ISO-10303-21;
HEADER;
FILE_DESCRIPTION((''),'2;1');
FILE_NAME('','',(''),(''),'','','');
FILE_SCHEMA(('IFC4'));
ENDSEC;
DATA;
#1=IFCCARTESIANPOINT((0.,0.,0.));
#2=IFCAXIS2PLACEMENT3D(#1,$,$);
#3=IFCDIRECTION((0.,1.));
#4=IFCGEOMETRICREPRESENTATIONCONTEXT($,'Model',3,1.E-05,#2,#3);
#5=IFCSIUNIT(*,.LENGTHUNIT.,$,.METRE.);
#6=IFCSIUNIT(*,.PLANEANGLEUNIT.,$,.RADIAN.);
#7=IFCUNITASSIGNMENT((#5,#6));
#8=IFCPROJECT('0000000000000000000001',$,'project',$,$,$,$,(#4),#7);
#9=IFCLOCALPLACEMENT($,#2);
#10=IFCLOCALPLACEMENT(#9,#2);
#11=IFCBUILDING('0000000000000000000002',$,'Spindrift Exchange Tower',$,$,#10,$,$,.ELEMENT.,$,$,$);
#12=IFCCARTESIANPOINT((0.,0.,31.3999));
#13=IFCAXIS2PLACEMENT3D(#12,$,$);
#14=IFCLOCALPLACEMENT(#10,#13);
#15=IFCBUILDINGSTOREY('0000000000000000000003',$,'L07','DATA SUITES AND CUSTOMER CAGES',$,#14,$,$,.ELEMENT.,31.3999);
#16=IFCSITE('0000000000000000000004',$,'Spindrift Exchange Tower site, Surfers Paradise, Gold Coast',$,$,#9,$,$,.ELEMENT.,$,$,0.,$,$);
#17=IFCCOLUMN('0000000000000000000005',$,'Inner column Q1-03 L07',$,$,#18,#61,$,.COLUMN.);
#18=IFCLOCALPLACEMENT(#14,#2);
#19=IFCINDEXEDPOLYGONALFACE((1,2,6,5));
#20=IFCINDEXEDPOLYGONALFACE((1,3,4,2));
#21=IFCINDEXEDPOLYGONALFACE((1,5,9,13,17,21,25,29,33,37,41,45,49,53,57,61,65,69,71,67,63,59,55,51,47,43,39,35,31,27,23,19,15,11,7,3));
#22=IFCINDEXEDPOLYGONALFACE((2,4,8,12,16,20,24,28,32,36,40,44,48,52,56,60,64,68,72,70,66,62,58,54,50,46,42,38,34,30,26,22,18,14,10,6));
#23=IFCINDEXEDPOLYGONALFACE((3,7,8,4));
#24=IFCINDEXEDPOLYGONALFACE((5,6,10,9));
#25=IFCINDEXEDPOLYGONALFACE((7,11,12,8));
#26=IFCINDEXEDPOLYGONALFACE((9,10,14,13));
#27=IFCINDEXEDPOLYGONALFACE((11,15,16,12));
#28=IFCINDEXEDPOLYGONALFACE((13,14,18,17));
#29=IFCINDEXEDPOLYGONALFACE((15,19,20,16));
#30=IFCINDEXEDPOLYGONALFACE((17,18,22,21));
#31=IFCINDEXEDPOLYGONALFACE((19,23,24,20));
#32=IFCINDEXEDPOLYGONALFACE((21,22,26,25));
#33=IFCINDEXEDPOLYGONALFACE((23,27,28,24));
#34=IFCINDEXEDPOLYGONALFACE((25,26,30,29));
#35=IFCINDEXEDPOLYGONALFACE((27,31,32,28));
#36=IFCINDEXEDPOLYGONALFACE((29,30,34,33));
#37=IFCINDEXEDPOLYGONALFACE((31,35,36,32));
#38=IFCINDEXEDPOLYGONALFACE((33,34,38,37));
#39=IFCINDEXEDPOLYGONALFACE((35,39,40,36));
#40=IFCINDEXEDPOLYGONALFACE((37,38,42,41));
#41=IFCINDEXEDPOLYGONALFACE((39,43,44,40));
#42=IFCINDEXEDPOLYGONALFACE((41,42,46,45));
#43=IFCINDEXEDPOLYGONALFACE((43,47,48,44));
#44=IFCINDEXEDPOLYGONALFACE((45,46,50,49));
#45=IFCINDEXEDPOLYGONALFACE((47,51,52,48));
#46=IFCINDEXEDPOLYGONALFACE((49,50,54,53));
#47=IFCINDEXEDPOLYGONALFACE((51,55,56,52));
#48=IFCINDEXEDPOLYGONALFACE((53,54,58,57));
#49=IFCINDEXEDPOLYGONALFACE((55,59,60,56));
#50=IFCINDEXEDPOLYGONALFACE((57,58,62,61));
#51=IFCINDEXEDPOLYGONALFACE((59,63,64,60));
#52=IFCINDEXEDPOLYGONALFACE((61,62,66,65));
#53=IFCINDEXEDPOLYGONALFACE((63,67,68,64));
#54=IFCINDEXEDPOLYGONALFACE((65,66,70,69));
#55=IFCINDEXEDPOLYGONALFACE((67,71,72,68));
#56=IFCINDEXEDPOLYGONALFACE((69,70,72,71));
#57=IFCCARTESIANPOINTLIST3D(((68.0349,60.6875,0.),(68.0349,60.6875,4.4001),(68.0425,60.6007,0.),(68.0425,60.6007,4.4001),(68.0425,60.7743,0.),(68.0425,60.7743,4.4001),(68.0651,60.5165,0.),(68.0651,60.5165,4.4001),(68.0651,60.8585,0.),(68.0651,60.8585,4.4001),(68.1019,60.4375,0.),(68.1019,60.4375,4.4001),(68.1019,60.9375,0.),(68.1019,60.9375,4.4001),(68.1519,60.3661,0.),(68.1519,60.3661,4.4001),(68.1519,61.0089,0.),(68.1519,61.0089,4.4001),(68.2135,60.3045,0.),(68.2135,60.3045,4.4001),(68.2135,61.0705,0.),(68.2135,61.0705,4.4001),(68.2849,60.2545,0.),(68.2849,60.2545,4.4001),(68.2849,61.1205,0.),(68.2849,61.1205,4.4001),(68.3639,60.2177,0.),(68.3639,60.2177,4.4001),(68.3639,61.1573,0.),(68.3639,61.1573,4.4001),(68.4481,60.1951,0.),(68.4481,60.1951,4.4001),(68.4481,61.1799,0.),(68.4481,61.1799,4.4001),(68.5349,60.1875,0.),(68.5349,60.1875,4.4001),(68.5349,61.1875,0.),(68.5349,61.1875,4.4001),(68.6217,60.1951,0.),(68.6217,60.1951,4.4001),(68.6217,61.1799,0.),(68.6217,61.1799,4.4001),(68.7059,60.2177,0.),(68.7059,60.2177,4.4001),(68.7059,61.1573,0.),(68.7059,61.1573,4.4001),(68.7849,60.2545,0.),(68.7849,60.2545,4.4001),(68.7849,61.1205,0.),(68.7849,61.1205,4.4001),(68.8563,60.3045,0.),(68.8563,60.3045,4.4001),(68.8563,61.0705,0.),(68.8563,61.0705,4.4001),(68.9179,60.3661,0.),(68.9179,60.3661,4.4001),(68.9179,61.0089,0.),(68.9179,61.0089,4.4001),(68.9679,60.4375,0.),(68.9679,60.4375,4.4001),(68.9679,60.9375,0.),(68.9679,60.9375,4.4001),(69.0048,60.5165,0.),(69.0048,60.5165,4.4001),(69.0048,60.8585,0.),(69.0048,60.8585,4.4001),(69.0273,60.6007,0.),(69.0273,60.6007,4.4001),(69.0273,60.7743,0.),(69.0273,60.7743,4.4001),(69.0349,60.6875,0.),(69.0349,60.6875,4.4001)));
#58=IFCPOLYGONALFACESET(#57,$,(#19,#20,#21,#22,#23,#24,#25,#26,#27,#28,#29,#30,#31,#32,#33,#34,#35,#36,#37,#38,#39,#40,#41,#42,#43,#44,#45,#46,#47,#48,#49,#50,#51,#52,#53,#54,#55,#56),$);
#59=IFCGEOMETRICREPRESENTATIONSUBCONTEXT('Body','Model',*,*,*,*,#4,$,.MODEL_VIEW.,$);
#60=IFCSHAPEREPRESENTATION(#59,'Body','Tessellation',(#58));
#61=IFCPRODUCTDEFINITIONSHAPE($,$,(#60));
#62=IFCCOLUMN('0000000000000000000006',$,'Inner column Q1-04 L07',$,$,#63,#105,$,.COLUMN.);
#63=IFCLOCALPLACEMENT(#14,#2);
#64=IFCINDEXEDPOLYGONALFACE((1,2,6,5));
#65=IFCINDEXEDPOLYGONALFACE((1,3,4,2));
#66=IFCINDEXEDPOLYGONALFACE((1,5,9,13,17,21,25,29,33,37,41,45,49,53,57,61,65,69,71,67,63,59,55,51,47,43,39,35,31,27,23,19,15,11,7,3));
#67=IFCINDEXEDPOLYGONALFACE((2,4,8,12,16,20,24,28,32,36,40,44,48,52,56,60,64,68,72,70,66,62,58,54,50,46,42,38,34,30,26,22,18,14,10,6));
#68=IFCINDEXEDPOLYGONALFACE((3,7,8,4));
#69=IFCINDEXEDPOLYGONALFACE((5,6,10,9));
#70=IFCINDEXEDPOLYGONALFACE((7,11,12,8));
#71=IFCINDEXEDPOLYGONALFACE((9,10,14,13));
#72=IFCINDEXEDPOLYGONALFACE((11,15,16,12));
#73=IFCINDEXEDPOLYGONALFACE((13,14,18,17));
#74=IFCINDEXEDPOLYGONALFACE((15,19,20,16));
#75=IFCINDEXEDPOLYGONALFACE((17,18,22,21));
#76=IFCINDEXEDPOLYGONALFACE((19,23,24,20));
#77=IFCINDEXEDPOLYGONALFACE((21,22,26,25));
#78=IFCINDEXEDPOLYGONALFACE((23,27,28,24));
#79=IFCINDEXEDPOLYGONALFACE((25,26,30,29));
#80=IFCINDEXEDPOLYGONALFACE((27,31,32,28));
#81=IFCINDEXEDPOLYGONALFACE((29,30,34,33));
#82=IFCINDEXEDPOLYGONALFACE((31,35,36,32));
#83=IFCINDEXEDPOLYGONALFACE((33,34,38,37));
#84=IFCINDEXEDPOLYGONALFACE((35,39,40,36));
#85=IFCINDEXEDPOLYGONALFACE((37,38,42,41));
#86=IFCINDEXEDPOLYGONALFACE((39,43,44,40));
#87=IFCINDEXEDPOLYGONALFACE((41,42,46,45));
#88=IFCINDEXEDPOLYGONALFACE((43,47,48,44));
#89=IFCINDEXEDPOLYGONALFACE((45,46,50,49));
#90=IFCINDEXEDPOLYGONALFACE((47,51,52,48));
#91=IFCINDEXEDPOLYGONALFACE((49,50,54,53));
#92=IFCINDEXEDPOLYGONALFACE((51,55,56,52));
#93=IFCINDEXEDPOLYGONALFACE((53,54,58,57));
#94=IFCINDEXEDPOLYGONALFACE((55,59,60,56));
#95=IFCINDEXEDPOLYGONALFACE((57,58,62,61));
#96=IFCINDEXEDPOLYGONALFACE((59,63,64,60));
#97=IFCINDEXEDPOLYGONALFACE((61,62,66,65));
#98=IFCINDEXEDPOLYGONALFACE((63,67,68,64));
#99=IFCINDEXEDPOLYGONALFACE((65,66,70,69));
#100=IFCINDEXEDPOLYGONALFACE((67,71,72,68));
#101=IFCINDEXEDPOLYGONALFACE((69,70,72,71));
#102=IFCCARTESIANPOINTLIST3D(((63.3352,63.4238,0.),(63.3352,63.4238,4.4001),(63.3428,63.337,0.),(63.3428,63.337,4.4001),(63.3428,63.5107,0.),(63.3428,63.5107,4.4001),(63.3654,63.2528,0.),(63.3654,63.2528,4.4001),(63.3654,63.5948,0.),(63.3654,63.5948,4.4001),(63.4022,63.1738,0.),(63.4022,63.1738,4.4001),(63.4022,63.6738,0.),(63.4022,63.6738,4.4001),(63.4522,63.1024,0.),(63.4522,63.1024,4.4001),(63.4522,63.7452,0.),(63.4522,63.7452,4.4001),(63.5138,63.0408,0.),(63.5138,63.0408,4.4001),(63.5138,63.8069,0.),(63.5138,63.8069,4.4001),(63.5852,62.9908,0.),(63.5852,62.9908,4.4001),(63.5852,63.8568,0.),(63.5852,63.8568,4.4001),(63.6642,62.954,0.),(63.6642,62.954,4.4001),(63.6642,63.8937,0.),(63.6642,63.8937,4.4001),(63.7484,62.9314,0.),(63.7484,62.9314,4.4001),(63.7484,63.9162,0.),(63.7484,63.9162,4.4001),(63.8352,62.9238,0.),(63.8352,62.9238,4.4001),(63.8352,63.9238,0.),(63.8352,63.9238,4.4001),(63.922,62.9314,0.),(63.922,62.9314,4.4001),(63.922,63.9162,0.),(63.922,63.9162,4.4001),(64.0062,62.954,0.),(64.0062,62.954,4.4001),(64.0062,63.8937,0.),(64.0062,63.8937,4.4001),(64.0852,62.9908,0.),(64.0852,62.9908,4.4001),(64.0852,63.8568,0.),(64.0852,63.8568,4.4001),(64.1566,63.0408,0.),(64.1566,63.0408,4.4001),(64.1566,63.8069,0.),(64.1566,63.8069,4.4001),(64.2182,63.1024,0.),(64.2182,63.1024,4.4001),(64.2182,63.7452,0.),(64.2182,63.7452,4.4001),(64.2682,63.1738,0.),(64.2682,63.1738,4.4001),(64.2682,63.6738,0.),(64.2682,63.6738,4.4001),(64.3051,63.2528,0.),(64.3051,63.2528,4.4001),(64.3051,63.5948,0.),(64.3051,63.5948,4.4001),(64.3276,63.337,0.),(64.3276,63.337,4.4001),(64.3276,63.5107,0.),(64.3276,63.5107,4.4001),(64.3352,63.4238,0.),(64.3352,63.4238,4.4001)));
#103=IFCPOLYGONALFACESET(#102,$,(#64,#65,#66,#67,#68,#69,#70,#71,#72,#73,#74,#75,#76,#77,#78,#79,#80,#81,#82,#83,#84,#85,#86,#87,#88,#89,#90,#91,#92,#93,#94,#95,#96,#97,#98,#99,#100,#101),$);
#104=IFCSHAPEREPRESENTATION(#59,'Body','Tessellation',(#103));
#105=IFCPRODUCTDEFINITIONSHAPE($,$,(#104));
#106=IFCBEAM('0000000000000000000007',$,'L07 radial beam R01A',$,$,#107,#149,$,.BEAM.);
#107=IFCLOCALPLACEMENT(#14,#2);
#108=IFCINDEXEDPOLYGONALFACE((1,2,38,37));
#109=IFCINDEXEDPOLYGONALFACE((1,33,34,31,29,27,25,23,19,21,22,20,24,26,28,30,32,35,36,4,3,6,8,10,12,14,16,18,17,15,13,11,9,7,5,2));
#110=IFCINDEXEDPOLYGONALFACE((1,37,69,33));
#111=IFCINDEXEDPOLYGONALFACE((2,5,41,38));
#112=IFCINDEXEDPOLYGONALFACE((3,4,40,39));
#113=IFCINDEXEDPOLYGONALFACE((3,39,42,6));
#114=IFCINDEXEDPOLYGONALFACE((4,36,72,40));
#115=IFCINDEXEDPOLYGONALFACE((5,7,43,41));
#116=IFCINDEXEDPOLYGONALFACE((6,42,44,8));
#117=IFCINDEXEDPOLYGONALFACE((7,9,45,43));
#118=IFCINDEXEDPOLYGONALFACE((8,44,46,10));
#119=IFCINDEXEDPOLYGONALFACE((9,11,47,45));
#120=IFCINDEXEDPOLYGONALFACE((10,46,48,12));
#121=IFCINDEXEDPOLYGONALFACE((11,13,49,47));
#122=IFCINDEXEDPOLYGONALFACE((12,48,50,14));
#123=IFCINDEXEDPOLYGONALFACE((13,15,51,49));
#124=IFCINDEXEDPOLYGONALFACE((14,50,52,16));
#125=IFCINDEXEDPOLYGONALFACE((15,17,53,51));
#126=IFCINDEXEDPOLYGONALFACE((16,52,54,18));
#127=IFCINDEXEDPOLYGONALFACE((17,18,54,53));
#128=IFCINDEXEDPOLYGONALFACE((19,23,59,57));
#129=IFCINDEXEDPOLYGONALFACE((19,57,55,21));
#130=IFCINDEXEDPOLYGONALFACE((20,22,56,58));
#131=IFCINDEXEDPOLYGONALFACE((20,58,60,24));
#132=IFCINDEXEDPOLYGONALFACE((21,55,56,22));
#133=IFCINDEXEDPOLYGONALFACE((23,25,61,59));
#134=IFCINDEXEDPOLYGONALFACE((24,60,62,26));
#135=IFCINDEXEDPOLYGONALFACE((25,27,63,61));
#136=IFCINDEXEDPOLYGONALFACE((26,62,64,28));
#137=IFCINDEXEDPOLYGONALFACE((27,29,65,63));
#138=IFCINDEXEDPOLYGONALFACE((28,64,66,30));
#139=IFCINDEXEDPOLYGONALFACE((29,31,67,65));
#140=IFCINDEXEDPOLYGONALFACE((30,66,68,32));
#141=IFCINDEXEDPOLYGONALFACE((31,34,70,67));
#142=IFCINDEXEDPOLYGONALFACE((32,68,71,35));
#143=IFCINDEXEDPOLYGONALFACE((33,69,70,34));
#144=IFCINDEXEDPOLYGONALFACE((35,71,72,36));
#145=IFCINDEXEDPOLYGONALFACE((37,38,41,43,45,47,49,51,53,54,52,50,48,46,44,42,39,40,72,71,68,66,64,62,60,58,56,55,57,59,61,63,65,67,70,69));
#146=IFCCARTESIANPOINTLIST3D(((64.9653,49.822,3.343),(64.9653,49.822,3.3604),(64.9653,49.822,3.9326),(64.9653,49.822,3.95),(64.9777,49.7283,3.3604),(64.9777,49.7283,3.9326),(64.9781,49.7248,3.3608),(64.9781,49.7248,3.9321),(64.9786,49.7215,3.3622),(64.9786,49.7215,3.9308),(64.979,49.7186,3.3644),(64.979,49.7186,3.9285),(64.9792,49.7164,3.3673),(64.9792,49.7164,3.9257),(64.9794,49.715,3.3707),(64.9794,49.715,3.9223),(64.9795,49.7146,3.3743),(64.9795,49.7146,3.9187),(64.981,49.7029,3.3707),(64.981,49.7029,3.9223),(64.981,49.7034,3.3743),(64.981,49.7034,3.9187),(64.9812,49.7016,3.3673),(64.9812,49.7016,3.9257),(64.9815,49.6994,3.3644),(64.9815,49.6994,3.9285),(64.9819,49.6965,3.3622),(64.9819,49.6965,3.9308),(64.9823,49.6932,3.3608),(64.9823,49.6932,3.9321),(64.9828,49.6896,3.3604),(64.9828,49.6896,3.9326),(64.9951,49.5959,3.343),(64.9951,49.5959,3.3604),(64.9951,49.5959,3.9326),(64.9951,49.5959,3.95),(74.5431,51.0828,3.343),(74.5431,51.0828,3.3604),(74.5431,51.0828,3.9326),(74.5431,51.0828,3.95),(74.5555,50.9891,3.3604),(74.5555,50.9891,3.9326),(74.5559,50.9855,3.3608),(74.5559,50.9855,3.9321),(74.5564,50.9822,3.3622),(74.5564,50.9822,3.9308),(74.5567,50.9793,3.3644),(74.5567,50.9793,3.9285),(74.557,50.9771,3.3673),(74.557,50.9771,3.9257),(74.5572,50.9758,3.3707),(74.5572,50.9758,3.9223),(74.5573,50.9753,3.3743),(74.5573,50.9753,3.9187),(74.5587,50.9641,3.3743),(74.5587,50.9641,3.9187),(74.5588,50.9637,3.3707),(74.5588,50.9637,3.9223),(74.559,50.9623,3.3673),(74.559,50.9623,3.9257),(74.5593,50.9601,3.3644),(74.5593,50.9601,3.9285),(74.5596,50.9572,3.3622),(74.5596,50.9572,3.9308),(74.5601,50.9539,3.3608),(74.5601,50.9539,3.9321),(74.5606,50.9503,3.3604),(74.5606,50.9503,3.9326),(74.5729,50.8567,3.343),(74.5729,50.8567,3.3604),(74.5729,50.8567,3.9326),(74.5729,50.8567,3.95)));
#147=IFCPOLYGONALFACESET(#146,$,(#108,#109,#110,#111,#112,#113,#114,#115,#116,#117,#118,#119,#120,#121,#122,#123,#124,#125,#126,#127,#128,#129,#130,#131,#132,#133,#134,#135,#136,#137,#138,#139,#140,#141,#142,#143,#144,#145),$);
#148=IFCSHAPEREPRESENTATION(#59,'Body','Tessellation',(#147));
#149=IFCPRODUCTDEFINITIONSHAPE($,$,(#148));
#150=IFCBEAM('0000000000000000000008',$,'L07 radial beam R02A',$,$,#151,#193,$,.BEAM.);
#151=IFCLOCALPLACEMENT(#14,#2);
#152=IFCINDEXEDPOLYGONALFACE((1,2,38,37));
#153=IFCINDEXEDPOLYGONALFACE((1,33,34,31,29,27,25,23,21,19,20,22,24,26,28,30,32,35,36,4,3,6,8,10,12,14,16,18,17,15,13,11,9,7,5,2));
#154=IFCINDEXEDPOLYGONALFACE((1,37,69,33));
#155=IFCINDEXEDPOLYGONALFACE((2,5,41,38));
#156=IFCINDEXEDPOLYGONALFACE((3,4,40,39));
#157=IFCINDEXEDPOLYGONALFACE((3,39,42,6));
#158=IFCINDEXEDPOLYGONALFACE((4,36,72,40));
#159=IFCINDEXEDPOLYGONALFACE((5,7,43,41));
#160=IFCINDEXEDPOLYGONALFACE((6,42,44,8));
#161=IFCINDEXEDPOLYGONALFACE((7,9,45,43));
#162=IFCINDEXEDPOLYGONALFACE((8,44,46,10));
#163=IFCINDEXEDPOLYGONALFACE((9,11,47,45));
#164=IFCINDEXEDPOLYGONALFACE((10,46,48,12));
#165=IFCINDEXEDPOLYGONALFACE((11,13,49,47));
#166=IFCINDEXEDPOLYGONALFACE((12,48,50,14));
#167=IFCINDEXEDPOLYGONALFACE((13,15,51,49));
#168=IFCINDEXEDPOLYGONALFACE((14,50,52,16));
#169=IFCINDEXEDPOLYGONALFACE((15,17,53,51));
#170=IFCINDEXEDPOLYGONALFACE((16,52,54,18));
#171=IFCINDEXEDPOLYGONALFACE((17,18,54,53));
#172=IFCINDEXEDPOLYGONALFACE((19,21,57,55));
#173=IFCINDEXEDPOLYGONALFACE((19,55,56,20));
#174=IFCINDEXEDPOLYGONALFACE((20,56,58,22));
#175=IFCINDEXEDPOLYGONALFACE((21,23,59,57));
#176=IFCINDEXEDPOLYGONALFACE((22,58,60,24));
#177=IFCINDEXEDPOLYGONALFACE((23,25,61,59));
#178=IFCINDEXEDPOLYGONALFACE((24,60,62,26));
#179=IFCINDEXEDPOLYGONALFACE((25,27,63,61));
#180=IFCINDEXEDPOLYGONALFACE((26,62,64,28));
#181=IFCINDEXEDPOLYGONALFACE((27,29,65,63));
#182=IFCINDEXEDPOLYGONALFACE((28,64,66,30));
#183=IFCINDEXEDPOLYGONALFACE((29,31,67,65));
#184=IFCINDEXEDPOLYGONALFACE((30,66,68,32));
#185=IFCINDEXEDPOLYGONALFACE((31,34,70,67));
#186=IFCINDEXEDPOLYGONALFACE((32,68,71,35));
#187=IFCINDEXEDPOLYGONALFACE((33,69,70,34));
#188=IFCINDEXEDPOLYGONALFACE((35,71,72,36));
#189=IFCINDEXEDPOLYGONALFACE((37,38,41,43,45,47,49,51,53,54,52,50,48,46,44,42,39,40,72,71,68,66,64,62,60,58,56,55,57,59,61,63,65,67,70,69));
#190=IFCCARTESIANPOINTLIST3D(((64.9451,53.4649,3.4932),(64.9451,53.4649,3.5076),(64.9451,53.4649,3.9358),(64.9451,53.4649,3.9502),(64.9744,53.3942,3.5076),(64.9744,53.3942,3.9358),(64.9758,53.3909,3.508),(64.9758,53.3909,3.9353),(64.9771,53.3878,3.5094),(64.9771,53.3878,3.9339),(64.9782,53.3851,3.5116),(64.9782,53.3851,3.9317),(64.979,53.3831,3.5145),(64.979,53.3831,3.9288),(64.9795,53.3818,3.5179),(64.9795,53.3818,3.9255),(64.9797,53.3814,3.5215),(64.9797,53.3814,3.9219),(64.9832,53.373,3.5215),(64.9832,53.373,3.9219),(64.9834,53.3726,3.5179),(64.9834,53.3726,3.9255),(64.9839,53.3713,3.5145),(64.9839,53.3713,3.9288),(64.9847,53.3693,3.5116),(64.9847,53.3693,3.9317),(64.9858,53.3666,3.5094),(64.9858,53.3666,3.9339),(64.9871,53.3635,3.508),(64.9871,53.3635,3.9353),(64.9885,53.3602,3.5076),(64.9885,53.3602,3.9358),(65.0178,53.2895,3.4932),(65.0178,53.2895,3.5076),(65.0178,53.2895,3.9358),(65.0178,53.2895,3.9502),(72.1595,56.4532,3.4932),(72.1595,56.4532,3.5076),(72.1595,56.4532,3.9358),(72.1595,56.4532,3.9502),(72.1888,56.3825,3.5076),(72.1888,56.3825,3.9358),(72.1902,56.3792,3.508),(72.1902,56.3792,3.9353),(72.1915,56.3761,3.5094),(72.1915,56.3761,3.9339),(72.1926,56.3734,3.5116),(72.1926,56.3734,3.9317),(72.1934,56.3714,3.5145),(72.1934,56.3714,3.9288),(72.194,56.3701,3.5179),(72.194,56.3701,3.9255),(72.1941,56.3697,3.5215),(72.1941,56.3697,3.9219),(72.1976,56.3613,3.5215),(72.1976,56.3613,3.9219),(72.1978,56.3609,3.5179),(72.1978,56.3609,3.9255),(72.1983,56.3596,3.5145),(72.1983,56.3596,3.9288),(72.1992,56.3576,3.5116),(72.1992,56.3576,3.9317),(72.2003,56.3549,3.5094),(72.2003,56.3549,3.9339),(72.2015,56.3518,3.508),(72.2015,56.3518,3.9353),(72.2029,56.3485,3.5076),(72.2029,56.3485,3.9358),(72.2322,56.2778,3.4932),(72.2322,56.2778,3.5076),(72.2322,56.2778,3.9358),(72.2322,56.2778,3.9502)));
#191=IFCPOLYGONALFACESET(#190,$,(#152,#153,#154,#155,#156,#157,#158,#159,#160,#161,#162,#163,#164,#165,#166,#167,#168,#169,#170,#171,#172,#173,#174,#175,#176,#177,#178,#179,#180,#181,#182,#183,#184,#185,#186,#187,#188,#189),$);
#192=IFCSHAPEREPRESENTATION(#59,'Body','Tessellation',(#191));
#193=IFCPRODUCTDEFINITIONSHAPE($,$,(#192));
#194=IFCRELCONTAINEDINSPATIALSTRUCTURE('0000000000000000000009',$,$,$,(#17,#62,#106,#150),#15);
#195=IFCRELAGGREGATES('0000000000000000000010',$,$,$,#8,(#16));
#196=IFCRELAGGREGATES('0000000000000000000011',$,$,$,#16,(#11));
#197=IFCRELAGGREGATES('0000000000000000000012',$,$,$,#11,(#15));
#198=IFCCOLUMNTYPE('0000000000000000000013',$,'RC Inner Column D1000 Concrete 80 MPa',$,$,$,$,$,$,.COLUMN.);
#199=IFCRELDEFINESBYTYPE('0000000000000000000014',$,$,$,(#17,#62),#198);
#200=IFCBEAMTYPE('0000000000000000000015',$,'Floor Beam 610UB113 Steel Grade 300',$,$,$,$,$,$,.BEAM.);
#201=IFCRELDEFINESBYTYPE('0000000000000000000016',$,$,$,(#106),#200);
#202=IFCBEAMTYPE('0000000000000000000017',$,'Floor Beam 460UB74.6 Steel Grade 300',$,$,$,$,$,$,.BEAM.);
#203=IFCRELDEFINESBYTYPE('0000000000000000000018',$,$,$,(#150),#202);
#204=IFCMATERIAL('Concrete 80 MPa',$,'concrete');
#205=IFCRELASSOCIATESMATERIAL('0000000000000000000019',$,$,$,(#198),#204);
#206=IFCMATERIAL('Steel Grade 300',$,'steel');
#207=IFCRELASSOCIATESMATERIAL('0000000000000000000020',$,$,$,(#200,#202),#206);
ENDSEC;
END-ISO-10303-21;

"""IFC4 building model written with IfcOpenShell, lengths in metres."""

from ifc_helpers import new_model, si_unit, direction, frame, origin, origin_2d, place, context, subcontext, project, spatial, circle, i_section, extrude, source, transform, mapped, material, material_profile, profile_set, type_object, element, save


model = new_model("IFC4")

# Units and contexts
model_context = context("Model", 3, precision=1e-05, world=origin(), true_north=direction((0.0, 1.0)))
body_context = subcontext(model_context, "Body", "Model", "MODEL_VIEW")
ifc_project = project(units=[si_unit("LENGTHUNIT", "METRE"), si_unit("PLANEANGLEUNIT", "RADIAN")], contexts=[model_context])

# Site, building, storey
site_placement = place(None, origin())
site = spatial("IfcSite", under=ifc_project, at=site_placement, Name="Spindrift Exchange Tower site, Surfers Paradise, Gold Coast", CompositionType="ELEMENT", RefElevation=0.0)
building_placement = place(site_placement, origin())
building = spatial("IfcBuilding", under=site, at=building_placement, Name="Spindrift Exchange Tower", CompositionType="ELEMENT")
storey_placement = place(building_placement, frame((0.0, 0.0, 31.3999)))
storey = spatial("IfcBuildingStorey", under=building, at=storey_placement, Name="L07", Description="DATA SUITES AND CUSTOMER CAGES", CompositionType="ELEMENT", Elevation=31.3999)

# Columns
ifc_material_1 = material(Name="Concrete 80 MPa", Category="concrete")
ifc_material_profile_1 = material_profile(ifc_material_1, circle(Radius=0.5, at=origin_2d()), Name="RC D1000")
ifc_profile_set_1 = profile_set([ifc_material_profile_1], Name="Concrete 80 MPa")
column_type = type_object("IfcColumnType", Name="RC Inner Column D1000 Concrete 80 MPa", PredefinedType="COLUMN", material=ifc_profile_set_1)
shared_shape_1 = source(origin(), body_context, "Body", "SweptSolid", [
    extrude(circle(Radius=0.5, at=origin_2d()), origin(), (0.0, 0.0, 1.0), 4.4001),
])
for number, where, z_axis, x_axis, name in (
    (1, (68.5349, 60.6875, 0.0), (0.0, 0.0, 1.0), (1.0, 0.0, 0.0), "Inner column Q1-03 L07"),
    (2, (63.8352, 63.4238, 0.0), (0.0, 0.0, 1.0), (1.0, 0.0, 0.0), "Inner column Q1-04 L07"),
):
    element("IfcColumn", number, at=place(storey_placement, frame(where, z_axis=z_axis, x_axis=x_axis)), inside=storey, type_object=column_type, Name=name, PredefinedType="COLUMN", context=body_context, shape_type="MappedRepresentation", body=[
        mapped(shared_shape_1, transform((0.0, 0.0, 0.0), scale=1.0)),
    ])

# Beams
ifc_material_2 = material(Name="Steel Grade 300", Category="steel")
ifc_material_profile_2 = material_profile(ifc_material_2, i_section(OverallWidth=0.228, OverallDepth=0.6069, WebThickness=0.0112, FlangeThickness=0.0173, FilletRadius=0.0139, at=origin_2d()), Name="610UB113")
ifc_profile_set_2 = profile_set([ifc_material_profile_2], Name="Steel Grade 300")
beam_type_1 = type_object("IfcBeamType", Name="Floor Beam 610UB113 Steel Grade 300", PredefinedType="BEAM", material=ifc_profile_set_2)
shared_shape_2 = source(origin(), body_context, "Body", "SweptSolid", [
    extrude(i_section(OverallWidth=0.228, OverallDepth=0.6069, WebThickness=0.0112, FlangeThickness=0.0173, FilletRadius=0.0139, at=origin_2d()), origin(), (0.0, 0.0, 1.0), 9.6604),
])
beam_1_placement = place(storey_placement, frame((64.9802, 49.709, 3.6465), z_axis=(0.991448, 0.130505, 0.0), x_axis=(-0.130505, 0.991448, 0.0)))
element("IfcBeam", 3, at=beam_1_placement, inside=storey, type_object=beam_type_1, Name="L07 radial beam R01A", PredefinedType="BEAM", context=body_context, shape_type="MappedRepresentation", body=[
    mapped(shared_shape_2, transform((0.0, 0.0, 0.0), scale=1.0)),
])
ifc_material_profile_3 = material_profile(ifc_material_2, i_section(OverallWidth=0.1899, OverallDepth=0.457, WebThickness=0.009, FlangeThickness=0.0144, FilletRadius=0.0139, at=origin_2d()), Name="460UB74.6")
ifc_profile_set_3 = profile_set([ifc_material_profile_3], Name="Steel Grade 300")
beam_type_2 = type_object("IfcBeamType", Name="Floor Beam 460UB74.6 Steel Grade 300", PredefinedType="BEAM", material=ifc_profile_set_3)
shared_shape_3 = source(origin(), body_context, "Body", "SweptSolid", [
    extrude(i_section(OverallWidth=0.1899, OverallDepth=0.457, WebThickness=0.009, FlangeThickness=0.0144, FilletRadius=0.0139, at=origin_2d()), origin(), (0.0, 0.0, 1.0), 7.8088),
])
beam_2_placement = place(storey_placement, frame((64.9814, 53.3772, 3.7217), z_axis=(0.92388, 0.382683, 0.0), x_axis=(-0.382683, 0.92388, 0.0)))
element("IfcBeam", 4, at=beam_2_placement, inside=storey, type_object=beam_type_2, Name="L07 radial beam R02A", PredefinedType="BEAM", context=body_context, shape_type="MappedRepresentation", body=[
    mapped(shared_shape_3, transform((0.0, 0.0, 0.0), scale=1.0)),
])

save(model, "model.ifc")
